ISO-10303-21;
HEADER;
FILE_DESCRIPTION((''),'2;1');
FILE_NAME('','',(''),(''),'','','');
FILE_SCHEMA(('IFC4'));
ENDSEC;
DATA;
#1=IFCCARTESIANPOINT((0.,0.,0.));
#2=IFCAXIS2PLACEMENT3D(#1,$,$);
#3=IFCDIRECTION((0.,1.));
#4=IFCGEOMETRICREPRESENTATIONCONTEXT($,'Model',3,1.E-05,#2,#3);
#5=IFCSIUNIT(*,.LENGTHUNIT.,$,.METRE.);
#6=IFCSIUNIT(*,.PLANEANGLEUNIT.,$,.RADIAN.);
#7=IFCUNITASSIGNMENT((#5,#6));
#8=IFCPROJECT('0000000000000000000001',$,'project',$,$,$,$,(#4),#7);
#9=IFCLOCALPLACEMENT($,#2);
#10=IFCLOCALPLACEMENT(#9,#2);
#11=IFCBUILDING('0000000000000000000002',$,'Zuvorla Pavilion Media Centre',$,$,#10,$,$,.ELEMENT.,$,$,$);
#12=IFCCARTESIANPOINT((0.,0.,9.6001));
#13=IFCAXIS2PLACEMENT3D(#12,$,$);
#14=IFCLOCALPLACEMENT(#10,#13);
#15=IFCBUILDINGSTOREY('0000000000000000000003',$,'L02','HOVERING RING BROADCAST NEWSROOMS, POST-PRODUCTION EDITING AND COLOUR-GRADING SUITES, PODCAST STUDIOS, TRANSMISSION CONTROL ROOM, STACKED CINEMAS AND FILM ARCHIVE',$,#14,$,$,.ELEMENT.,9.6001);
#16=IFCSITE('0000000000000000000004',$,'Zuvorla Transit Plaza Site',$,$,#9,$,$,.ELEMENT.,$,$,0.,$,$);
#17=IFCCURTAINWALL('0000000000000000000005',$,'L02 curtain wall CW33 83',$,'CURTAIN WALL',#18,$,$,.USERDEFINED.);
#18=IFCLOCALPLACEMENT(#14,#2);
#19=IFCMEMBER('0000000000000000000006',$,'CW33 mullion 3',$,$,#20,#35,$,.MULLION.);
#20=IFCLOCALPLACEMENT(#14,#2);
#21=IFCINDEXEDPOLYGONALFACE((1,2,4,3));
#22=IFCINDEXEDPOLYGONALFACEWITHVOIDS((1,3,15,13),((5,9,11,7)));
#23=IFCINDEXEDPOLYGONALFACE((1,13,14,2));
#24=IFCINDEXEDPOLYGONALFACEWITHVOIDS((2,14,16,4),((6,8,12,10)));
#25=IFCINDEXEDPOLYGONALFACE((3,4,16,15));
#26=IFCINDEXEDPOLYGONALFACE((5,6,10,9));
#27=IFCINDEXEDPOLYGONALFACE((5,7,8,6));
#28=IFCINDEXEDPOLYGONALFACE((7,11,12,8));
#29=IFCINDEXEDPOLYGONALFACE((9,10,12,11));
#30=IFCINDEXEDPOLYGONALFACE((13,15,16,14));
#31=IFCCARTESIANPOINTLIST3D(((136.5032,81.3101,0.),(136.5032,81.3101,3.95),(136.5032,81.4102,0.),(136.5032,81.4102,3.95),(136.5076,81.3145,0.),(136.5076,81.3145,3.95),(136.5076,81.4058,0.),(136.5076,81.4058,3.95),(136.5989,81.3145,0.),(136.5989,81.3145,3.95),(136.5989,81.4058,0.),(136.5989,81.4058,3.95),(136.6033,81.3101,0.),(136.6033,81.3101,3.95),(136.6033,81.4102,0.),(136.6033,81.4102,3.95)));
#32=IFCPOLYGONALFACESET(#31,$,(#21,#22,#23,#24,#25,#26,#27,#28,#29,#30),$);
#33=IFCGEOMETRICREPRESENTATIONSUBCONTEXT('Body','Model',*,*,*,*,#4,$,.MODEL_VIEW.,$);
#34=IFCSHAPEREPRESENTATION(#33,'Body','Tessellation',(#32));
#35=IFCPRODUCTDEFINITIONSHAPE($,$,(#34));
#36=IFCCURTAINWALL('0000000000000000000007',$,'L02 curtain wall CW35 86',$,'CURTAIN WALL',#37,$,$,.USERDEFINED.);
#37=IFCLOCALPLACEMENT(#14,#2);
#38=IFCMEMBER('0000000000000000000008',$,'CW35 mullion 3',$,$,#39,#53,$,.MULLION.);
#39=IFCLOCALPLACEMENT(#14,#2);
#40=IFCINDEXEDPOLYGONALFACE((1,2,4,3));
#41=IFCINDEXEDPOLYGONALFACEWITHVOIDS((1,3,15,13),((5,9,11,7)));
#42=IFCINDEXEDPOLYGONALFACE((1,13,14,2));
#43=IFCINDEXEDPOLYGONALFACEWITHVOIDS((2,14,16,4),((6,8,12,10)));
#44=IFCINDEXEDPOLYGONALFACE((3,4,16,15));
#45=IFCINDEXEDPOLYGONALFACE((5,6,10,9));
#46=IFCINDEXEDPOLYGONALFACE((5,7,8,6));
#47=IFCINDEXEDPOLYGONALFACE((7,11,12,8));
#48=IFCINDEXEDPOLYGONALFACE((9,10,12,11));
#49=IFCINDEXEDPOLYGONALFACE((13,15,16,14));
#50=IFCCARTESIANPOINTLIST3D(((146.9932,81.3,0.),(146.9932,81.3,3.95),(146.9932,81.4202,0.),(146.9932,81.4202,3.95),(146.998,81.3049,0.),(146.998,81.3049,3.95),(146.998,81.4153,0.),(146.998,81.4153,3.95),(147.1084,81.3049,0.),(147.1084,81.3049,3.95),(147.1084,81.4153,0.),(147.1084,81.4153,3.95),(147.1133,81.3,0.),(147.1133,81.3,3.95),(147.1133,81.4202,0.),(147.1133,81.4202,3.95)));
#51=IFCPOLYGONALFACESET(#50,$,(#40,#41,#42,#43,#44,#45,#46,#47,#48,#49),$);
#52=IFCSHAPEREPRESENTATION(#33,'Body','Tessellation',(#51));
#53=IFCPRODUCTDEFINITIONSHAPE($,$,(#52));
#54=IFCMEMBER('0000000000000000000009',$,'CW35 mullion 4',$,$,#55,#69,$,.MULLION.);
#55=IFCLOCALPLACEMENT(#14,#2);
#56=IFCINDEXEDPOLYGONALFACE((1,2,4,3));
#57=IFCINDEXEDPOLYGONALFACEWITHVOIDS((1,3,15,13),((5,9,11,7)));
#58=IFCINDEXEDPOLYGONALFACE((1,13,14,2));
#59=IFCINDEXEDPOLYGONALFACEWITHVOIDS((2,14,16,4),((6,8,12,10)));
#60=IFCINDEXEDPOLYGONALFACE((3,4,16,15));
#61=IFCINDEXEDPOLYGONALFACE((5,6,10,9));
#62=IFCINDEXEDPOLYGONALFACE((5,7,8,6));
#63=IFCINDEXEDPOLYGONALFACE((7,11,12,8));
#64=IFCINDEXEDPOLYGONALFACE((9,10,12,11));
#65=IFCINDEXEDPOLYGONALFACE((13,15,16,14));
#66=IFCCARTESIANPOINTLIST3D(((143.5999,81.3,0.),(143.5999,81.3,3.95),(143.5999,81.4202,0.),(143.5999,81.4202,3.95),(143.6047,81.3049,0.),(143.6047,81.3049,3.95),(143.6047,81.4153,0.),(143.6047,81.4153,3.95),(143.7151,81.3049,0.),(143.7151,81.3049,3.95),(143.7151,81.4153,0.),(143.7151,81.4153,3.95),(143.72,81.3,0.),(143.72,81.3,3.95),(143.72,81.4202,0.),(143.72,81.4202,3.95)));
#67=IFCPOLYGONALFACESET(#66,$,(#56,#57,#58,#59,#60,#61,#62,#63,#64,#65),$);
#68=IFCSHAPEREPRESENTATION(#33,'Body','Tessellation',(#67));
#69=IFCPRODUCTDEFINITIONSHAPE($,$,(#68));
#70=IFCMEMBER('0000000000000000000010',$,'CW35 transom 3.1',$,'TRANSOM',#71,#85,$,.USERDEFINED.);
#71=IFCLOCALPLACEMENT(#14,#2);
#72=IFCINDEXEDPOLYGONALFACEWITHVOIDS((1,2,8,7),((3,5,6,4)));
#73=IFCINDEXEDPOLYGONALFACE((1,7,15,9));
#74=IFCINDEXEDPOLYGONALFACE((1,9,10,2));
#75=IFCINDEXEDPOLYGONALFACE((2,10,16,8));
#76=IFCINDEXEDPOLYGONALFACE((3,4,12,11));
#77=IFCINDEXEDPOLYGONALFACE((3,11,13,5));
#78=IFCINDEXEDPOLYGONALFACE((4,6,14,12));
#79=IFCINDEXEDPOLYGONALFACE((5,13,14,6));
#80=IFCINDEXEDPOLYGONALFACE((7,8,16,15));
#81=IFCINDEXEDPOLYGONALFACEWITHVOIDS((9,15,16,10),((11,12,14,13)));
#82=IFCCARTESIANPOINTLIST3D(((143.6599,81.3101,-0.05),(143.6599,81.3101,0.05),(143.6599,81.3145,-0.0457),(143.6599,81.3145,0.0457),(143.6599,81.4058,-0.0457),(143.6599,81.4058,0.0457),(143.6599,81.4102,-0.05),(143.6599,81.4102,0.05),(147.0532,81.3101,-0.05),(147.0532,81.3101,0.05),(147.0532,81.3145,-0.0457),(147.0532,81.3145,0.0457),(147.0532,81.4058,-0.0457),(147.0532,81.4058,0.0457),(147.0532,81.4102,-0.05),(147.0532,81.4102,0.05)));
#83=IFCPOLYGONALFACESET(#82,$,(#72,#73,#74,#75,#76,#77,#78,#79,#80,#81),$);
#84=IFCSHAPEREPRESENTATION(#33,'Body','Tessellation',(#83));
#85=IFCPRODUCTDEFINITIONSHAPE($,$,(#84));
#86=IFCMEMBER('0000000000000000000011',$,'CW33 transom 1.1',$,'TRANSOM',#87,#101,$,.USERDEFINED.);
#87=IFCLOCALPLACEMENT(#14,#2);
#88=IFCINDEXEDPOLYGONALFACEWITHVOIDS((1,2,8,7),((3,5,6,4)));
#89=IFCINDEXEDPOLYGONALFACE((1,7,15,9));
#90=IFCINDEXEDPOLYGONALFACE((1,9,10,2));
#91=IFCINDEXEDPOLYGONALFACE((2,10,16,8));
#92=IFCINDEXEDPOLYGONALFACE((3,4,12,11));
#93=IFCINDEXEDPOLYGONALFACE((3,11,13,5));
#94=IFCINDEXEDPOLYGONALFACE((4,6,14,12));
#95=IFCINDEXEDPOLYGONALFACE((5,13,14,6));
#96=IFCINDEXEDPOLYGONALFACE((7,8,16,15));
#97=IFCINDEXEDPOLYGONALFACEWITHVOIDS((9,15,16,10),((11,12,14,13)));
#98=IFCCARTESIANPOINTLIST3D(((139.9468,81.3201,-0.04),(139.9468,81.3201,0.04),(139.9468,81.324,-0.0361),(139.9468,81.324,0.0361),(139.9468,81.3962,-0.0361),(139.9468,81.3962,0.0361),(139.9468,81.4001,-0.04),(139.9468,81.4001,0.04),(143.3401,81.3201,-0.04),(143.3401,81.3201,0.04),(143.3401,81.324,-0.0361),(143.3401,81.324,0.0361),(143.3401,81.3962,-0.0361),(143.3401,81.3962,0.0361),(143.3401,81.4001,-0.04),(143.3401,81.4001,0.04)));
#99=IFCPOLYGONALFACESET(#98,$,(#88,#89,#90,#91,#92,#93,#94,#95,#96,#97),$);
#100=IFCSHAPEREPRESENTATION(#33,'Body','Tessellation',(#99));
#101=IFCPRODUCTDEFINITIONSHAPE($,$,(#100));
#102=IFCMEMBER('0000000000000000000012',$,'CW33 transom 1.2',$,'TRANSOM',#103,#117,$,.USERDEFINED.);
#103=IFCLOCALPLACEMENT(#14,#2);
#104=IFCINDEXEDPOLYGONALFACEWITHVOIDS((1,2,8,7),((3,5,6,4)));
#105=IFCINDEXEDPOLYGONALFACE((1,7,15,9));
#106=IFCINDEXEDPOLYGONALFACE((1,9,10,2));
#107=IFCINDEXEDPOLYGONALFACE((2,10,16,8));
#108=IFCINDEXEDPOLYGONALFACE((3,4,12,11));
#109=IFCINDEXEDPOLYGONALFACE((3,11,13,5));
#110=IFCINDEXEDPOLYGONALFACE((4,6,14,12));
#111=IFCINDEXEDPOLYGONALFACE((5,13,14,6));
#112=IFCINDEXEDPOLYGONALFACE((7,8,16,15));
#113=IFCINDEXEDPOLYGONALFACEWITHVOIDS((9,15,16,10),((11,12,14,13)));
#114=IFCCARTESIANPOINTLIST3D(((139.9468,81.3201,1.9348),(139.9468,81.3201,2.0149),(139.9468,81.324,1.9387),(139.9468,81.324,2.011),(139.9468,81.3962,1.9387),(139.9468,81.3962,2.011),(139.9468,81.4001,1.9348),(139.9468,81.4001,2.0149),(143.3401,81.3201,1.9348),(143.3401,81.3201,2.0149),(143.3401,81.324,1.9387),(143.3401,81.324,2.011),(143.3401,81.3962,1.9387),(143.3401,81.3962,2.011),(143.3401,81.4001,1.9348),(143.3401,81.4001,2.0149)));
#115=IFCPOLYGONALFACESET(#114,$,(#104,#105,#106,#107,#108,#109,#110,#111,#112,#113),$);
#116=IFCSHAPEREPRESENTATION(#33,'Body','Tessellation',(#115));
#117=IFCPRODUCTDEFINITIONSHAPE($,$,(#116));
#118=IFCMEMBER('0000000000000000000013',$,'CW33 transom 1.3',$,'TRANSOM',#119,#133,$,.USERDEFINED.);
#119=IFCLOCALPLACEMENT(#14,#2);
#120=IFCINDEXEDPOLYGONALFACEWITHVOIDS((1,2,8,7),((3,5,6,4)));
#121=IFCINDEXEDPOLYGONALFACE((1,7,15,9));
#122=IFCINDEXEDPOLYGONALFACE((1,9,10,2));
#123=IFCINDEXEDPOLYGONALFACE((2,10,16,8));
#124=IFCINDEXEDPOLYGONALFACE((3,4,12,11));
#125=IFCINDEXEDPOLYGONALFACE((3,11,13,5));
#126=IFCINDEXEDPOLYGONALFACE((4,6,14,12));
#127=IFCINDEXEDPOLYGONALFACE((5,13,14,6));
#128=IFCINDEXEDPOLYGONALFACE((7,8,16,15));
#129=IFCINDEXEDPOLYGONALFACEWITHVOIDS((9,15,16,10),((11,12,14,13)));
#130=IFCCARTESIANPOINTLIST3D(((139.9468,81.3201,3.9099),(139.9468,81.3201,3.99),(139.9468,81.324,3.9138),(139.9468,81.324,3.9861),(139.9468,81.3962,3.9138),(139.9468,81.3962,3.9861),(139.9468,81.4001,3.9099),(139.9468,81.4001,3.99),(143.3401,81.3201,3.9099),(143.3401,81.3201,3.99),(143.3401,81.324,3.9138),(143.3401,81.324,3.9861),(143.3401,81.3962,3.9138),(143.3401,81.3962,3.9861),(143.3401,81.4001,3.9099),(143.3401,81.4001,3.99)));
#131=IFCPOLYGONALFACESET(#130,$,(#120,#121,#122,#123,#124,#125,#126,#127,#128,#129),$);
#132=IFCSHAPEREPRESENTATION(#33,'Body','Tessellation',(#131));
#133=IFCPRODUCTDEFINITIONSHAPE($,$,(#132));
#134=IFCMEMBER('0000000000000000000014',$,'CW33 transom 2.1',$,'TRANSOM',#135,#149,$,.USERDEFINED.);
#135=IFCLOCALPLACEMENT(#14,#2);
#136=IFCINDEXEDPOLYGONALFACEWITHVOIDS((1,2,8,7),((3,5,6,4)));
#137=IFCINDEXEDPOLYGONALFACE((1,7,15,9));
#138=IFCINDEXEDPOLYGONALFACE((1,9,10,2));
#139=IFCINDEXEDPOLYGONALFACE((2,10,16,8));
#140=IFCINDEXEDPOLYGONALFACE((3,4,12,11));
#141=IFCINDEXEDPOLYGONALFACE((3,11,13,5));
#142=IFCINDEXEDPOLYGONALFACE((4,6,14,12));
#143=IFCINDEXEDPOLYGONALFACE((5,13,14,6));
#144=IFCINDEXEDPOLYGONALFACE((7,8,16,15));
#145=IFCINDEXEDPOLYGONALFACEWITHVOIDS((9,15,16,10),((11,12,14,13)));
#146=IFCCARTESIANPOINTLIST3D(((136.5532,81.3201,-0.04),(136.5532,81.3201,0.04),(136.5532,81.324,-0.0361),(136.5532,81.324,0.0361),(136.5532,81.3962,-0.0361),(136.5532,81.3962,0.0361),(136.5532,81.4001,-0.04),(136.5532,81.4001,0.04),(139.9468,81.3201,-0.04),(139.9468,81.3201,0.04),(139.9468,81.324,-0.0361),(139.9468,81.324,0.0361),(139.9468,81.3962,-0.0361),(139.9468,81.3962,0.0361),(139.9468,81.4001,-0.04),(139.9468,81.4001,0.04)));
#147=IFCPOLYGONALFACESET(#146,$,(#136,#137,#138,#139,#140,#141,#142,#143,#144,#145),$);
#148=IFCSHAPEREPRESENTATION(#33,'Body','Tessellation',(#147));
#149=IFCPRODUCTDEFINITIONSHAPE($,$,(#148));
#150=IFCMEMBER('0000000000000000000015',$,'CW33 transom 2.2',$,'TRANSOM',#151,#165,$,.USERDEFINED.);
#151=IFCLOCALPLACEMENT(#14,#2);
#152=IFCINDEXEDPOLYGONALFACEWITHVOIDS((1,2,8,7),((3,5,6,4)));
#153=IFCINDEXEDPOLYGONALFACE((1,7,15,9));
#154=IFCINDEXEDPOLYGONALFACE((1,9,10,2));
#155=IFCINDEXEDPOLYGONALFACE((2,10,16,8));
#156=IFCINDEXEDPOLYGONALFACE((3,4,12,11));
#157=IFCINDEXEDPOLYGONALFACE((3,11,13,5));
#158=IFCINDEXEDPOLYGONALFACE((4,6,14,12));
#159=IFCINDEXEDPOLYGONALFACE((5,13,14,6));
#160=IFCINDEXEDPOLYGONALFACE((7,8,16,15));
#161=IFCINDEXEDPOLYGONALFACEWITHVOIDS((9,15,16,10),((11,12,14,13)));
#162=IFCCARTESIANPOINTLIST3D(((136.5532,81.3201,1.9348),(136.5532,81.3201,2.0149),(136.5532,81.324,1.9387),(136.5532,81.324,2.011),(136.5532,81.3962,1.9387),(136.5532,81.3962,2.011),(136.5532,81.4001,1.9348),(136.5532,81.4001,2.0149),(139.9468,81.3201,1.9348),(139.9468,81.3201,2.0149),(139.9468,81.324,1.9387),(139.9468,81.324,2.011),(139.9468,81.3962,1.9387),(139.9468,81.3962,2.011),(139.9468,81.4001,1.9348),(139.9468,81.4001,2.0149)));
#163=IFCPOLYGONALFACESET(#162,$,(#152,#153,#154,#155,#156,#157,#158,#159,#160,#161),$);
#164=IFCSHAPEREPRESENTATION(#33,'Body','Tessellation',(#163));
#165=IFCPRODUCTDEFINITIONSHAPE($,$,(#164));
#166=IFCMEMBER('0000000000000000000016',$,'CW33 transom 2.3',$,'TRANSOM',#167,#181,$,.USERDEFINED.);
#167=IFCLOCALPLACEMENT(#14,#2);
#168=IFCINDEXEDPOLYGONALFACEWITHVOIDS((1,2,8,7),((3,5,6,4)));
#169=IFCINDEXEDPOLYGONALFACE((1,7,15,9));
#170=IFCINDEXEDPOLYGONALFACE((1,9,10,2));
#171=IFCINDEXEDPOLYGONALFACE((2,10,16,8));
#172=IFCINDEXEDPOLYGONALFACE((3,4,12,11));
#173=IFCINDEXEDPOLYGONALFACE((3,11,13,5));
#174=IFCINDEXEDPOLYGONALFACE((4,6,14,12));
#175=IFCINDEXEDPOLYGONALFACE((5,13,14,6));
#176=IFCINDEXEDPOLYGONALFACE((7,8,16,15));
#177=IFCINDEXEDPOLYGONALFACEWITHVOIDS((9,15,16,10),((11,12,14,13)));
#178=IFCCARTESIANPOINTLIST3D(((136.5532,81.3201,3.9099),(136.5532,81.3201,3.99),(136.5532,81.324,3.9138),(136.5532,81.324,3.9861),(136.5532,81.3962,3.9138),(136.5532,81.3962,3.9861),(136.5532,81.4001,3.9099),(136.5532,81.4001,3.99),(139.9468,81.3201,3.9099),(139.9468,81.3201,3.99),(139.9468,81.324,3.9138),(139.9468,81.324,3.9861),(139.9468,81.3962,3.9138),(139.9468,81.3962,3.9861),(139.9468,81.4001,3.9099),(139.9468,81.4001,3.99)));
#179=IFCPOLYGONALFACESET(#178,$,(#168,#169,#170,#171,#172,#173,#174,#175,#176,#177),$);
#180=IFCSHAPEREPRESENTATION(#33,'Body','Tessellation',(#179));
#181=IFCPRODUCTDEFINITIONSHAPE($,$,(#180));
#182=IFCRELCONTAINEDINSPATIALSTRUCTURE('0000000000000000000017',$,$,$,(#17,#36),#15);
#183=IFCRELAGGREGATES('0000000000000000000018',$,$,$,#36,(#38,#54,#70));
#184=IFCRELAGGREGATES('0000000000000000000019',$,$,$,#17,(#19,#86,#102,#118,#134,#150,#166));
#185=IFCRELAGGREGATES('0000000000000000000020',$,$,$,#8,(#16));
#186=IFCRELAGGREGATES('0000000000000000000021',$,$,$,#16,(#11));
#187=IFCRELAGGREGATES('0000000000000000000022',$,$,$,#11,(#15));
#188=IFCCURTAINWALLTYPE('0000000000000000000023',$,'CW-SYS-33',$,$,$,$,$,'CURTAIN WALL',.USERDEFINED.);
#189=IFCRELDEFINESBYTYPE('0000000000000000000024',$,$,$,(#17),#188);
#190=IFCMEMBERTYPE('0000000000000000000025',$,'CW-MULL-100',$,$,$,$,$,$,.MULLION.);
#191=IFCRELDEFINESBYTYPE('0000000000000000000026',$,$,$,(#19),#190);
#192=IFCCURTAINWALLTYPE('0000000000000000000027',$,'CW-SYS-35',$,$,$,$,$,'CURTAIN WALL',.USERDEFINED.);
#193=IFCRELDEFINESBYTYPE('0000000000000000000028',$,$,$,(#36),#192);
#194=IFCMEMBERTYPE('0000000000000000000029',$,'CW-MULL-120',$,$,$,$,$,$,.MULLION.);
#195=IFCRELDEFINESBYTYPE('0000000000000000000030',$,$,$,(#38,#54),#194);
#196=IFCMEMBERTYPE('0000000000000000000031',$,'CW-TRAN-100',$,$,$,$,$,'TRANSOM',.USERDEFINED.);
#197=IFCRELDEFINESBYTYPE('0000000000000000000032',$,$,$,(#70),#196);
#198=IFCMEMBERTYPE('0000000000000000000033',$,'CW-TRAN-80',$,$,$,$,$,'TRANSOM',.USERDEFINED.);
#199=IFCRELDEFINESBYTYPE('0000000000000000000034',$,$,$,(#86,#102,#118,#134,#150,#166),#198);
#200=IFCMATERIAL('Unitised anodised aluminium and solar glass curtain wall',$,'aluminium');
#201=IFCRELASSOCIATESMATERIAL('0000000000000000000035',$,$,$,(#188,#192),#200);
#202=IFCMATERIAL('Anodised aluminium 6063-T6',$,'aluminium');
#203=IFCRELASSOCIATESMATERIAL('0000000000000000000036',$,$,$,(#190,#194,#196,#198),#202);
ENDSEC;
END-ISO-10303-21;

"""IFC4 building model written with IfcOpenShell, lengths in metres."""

from ifc_helpers import new_model, si_unit, direction, frame, origin, origin_2d, place, context, subcontext, project, spatial, hollow_rectangle, extrude, material, material_profile, profile_set, type_object, element, aggregate, save


model = new_model("IFC4")

# Units and contexts
model_context = context("Model", 3, precision=1e-05, world=origin(), true_north=direction((0.0, 1.0)))
body_context = subcontext(model_context, "Body", "Model", "MODEL_VIEW")
ifc_project = project(units=[si_unit("LENGTHUNIT", "METRE"), si_unit("PLANEANGLEUNIT", "RADIAN")], contexts=[model_context])

# Site, building, storey
site_placement = place(None, origin())
site = spatial("IfcSite", under=ifc_project, at=site_placement, Name="Zuvorla Transit Plaza Site", CompositionType="ELEMENT", RefElevation=0.0)
building_placement = place(site_placement, origin())
building = spatial("IfcBuilding", under=site, at=building_placement, Name="Zuvorla Pavilion Media Centre", CompositionType="ELEMENT")
storey_placement = place(building_placement, frame((0.0, 0.0, 9.6001)))
storey = spatial("IfcBuildingStorey", under=building, at=storey_placement, Name="L02", Description="HOVERING RING BROADCAST NEWSROOMS, POST-PRODUCTION EDITING AND COLOUR-GRADING SUITES, PODCAST STUDIOS, TRANSMISSION CONTROL ROOM, STACKED CINEMAS AND FILM ARCHIVE", CompositionType="ELEMENT", Elevation=9.6001)

# Curtain walls, members
ifc_material_1 = material(Name="Unitised anodised aluminium and solar glass curtain wall", Category="aluminium")
curtain_wall_type_1 = type_object("IfcCurtainWallType", Name="CW-SYS-33", ElementType="CURTAIN WALL", PredefinedType="USERDEFINED", material=ifc_material_1)
curtain_wall_1_placement = place(storey_placement, origin())
curtain_wall_1 = element("IfcCurtainWall", 1, at=curtain_wall_1_placement, inside=storey, type_object=curtain_wall_type_1, Name="L02 curtain wall CW33 83", ObjectType="CURTAIN WALL", PredefinedType="USERDEFINED")
ifc_material_2 = material(Name="Anodised aluminium 6063-T6", Category="aluminium")
ifc_material_profile_1 = material_profile(ifc_material_2, hollow_rectangle(XDim=0.1001, YDim=0.1001, WallThickness=0.0044, at=origin_2d()), Name="ALU MULL 100x100")
ifc_profile_set_1 = profile_set([ifc_material_profile_1], Name="Anodised aluminium 6063-T6")
member_type_1 = type_object("IfcMemberType", Name="CW-MULL-100", PredefinedType="MULLION", material=ifc_profile_set_1)
member_1_placement = place(storey_placement, frame((136.5532, 81.3601, 0.0), z_axis=(0.0, 0.0, 1.0), x_axis=(1.0, 0.0, 0.0)))
member_1 = element("IfcMember", 2, at=member_1_placement, type_object=member_type_1, Name="CW33 mullion 3", PredefinedType="MULLION", context=body_context, shape_type="SweptSolid", body=[
    extrude(hollow_rectangle(XDim=0.1001, YDim=0.1001, WallThickness=0.0044, at=origin_2d()), origin(), (0.0, 0.0, 1.0), 3.95),
])
curtain_wall_type_2 = type_object("IfcCurtainWallType", Name="CW-SYS-35", ElementType="CURTAIN WALL", PredefinedType="USERDEFINED", material=ifc_material_1)
curtain_wall_2_placement = place(storey_placement, origin())
curtain_wall_2 = element("IfcCurtainWall", 3, at=curtain_wall_2_placement, inside=storey, type_object=curtain_wall_type_2, Name="L02 curtain wall CW35 86", ObjectType="CURTAIN WALL", PredefinedType="USERDEFINED")
ifc_material_profile_2 = material_profile(ifc_material_2, hollow_rectangle(XDim=0.1201, YDim=0.1201, WallThickness=0.0049, at=origin_2d()), Name="ALU MULL 120x120")
ifc_profile_set_2 = profile_set([ifc_material_profile_2], Name="Anodised aluminium 6063-T6")
member_type_2 = type_object("IfcMemberType", Name="CW-MULL-120", PredefinedType="MULLION", material=ifc_profile_set_2)
member_2_placement = place(storey_placement, frame((147.0532, 81.3601, 0.0), z_axis=(0.0, 0.0, 1.0), x_axis=(1.0, 0.0, 0.0)))
member_2 = element("IfcMember", 4, at=member_2_placement, type_object=member_type_2, Name="CW35 mullion 3", PredefinedType="MULLION", context=body_context, shape_type="SweptSolid", body=[
    extrude(hollow_rectangle(XDim=0.1201, YDim=0.1201, WallThickness=0.0049, at=origin_2d()), origin(), (0.0, 0.0, 1.0), 3.95),
])
member_3_placement = place(storey_placement, frame((143.6599, 81.3601, 0.0), z_axis=(0.0, 0.0, 1.0), x_axis=(1.0, 0.0, 0.0)))
member_3 = element("IfcMember", 5, at=member_3_placement, type_object=member_type_2, Name="CW35 mullion 4", PredefinedType="MULLION", context=body_context, shape_type="SweptSolid", body=[
    extrude(hollow_rectangle(XDim=0.1201, YDim=0.1201, WallThickness=0.0049, at=origin_2d()), origin(), (0.0, 0.0, 1.0), 3.95),
])
ifc_material_profile_3 = material_profile(ifc_material_2, hollow_rectangle(XDim=0.1001, YDim=0.1001, WallThickness=0.0044, at=origin_2d()), Name="ALU TRAN 100x100")
ifc_profile_set_3 = profile_set([ifc_material_profile_3], Name="Anodised aluminium 6063-T6")
member_type_3 = type_object("IfcMemberType", Name="CW-TRAN-100", ElementType="TRANSOM", PredefinedType="USERDEFINED", material=ifc_profile_set_3)
member_4_placement = place(storey_placement, frame((147.0532, 81.3601, 0.0), z_axis=(-1.0, 0.0, 0.0), x_axis=(0.0, -1.0, 0.0)))
member_4 = element("IfcMember", 6, at=member_4_placement, type_object=member_type_3, Name="CW35 transom 3.1", ObjectType="TRANSOM", PredefinedType="USERDEFINED", context=body_context, shape_type="SweptSolid", body=[
    extrude(hollow_rectangle(XDim=0.1001, YDim=0.1001, WallThickness=0.0044, at=origin_2d()), origin(), (0.0, 0.0, 1.0), 3.3933),
])

# Members
ifc_material_profile_4 = material_profile(ifc_material_2, hollow_rectangle(XDim=0.0801, YDim=0.0801, WallThickness=0.0039, at=origin_2d()), Name="ALU TRAN 80x80")
ifc_profile_set_4 = profile_set([ifc_material_profile_4], Name="Anodised aluminium 6063-T6")
member_type_4 = type_object("IfcMemberType", Name="CW-TRAN-80", ElementType="TRANSOM", PredefinedType="USERDEFINED", material=ifc_profile_set_4)
member_5_placement = place(storey_placement, frame((143.3401, 81.3601, 0.0), z_axis=(-1.0, 0.0, 0.0), x_axis=(0.0, -1.0, 0.0)))
member_5 = element("IfcMember", 7, at=member_5_placement, type_object=member_type_4, Name="CW33 transom 1.1", ObjectType="TRANSOM", PredefinedType="USERDEFINED", context=body_context, shape_type="SweptSolid", body=[
    extrude(hollow_rectangle(XDim=0.0801, YDim=0.0801, WallThickness=0.0039, at=origin_2d()), origin(), (0.0, 0.0, 1.0), 3.3933),
])
member_6_placement = place(storey_placement, frame((143.3401, 81.3601, 1.9749), z_axis=(-1.0, 0.0, 0.0), x_axis=(0.0, -1.0, 0.0)))
member_6 = element("IfcMember", 8, at=member_6_placement, type_object=member_type_4, Name="CW33 transom 1.2", ObjectType="TRANSOM", PredefinedType="USERDEFINED", context=body_context, shape_type="SweptSolid", body=[
    extrude(hollow_rectangle(XDim=0.0801, YDim=0.0801, WallThickness=0.0039, at=origin_2d()), origin(), (0.0, 0.0, 1.0), 3.3933),
])
member_7_placement = place(storey_placement, frame((143.3401, 81.3601, 3.95), z_axis=(-1.0, 0.0, 0.0), x_axis=(0.0, -1.0, 0.0)))
member_7 = element("IfcMember", 9, at=member_7_placement, type_object=member_type_4, Name="CW33 transom 1.3", ObjectType="TRANSOM", PredefinedType="USERDEFINED", context=body_context, shape_type="SweptSolid", body=[
    extrude(hollow_rectangle(XDim=0.0801, YDim=0.0801, WallThickness=0.0039, at=origin_2d()), origin(), (0.0, 0.0, 1.0), 3.3933),
])
member_8_placement = place(storey_placement, frame((139.9468, 81.3601, 0.0), z_axis=(-1.0, 0.0, 0.0), x_axis=(0.0, -1.0, 0.0)))
member_8 = element("IfcMember", 10, at=member_8_placement, type_object=member_type_4, Name="CW33 transom 2.1", ObjectType="TRANSOM", PredefinedType="USERDEFINED", context=body_context, shape_type="SweptSolid", body=[
    extrude(hollow_rectangle(XDim=0.0801, YDim=0.0801, WallThickness=0.0039, at=origin_2d()), origin(), (0.0, 0.0, 1.0), 3.3936),
])
member_9_placement = place(storey_placement, frame((139.9468, 81.3601, 1.9749), z_axis=(-1.0, 0.0, 0.0), x_axis=(0.0, -1.0, 0.0)))
member_9 = element("IfcMember", 11, at=member_9_placement, type_object=member_type_4, Name="CW33 transom 2.2", ObjectType="TRANSOM", PredefinedType="USERDEFINED", context=body_context, shape_type="SweptSolid", body=[
    extrude(hollow_rectangle(XDim=0.0801, YDim=0.0801, WallThickness=0.0039, at=origin_2d()), origin(), (0.0, 0.0, 1.0), 3.3936),
])
member_10_placement = place(storey_placement, frame((139.9468, 81.3601, 3.95), z_axis=(-1.0, 0.0, 0.0), x_axis=(0.0, -1.0, 0.0)))
member_10 = element("IfcMember", 12, at=member_10_placement, type_object=member_type_4, Name="CW33 transom 2.3", ObjectType="TRANSOM", PredefinedType="USERDEFINED", context=body_context, shape_type="SweptSolid", body=[
    extrude(hollow_rectangle(XDim=0.0801, YDim=0.0801, WallThickness=0.0039, at=origin_2d()), origin(), (0.0, 0.0, 1.0), 3.3936),
])

aggregate(curtain_wall_2, [member_2, member_3, member_4])
aggregate(curtain_wall_1, [member_1, member_5, member_6, member_7, member_8, member_9, member_10])

save(model, "model.ifc")
